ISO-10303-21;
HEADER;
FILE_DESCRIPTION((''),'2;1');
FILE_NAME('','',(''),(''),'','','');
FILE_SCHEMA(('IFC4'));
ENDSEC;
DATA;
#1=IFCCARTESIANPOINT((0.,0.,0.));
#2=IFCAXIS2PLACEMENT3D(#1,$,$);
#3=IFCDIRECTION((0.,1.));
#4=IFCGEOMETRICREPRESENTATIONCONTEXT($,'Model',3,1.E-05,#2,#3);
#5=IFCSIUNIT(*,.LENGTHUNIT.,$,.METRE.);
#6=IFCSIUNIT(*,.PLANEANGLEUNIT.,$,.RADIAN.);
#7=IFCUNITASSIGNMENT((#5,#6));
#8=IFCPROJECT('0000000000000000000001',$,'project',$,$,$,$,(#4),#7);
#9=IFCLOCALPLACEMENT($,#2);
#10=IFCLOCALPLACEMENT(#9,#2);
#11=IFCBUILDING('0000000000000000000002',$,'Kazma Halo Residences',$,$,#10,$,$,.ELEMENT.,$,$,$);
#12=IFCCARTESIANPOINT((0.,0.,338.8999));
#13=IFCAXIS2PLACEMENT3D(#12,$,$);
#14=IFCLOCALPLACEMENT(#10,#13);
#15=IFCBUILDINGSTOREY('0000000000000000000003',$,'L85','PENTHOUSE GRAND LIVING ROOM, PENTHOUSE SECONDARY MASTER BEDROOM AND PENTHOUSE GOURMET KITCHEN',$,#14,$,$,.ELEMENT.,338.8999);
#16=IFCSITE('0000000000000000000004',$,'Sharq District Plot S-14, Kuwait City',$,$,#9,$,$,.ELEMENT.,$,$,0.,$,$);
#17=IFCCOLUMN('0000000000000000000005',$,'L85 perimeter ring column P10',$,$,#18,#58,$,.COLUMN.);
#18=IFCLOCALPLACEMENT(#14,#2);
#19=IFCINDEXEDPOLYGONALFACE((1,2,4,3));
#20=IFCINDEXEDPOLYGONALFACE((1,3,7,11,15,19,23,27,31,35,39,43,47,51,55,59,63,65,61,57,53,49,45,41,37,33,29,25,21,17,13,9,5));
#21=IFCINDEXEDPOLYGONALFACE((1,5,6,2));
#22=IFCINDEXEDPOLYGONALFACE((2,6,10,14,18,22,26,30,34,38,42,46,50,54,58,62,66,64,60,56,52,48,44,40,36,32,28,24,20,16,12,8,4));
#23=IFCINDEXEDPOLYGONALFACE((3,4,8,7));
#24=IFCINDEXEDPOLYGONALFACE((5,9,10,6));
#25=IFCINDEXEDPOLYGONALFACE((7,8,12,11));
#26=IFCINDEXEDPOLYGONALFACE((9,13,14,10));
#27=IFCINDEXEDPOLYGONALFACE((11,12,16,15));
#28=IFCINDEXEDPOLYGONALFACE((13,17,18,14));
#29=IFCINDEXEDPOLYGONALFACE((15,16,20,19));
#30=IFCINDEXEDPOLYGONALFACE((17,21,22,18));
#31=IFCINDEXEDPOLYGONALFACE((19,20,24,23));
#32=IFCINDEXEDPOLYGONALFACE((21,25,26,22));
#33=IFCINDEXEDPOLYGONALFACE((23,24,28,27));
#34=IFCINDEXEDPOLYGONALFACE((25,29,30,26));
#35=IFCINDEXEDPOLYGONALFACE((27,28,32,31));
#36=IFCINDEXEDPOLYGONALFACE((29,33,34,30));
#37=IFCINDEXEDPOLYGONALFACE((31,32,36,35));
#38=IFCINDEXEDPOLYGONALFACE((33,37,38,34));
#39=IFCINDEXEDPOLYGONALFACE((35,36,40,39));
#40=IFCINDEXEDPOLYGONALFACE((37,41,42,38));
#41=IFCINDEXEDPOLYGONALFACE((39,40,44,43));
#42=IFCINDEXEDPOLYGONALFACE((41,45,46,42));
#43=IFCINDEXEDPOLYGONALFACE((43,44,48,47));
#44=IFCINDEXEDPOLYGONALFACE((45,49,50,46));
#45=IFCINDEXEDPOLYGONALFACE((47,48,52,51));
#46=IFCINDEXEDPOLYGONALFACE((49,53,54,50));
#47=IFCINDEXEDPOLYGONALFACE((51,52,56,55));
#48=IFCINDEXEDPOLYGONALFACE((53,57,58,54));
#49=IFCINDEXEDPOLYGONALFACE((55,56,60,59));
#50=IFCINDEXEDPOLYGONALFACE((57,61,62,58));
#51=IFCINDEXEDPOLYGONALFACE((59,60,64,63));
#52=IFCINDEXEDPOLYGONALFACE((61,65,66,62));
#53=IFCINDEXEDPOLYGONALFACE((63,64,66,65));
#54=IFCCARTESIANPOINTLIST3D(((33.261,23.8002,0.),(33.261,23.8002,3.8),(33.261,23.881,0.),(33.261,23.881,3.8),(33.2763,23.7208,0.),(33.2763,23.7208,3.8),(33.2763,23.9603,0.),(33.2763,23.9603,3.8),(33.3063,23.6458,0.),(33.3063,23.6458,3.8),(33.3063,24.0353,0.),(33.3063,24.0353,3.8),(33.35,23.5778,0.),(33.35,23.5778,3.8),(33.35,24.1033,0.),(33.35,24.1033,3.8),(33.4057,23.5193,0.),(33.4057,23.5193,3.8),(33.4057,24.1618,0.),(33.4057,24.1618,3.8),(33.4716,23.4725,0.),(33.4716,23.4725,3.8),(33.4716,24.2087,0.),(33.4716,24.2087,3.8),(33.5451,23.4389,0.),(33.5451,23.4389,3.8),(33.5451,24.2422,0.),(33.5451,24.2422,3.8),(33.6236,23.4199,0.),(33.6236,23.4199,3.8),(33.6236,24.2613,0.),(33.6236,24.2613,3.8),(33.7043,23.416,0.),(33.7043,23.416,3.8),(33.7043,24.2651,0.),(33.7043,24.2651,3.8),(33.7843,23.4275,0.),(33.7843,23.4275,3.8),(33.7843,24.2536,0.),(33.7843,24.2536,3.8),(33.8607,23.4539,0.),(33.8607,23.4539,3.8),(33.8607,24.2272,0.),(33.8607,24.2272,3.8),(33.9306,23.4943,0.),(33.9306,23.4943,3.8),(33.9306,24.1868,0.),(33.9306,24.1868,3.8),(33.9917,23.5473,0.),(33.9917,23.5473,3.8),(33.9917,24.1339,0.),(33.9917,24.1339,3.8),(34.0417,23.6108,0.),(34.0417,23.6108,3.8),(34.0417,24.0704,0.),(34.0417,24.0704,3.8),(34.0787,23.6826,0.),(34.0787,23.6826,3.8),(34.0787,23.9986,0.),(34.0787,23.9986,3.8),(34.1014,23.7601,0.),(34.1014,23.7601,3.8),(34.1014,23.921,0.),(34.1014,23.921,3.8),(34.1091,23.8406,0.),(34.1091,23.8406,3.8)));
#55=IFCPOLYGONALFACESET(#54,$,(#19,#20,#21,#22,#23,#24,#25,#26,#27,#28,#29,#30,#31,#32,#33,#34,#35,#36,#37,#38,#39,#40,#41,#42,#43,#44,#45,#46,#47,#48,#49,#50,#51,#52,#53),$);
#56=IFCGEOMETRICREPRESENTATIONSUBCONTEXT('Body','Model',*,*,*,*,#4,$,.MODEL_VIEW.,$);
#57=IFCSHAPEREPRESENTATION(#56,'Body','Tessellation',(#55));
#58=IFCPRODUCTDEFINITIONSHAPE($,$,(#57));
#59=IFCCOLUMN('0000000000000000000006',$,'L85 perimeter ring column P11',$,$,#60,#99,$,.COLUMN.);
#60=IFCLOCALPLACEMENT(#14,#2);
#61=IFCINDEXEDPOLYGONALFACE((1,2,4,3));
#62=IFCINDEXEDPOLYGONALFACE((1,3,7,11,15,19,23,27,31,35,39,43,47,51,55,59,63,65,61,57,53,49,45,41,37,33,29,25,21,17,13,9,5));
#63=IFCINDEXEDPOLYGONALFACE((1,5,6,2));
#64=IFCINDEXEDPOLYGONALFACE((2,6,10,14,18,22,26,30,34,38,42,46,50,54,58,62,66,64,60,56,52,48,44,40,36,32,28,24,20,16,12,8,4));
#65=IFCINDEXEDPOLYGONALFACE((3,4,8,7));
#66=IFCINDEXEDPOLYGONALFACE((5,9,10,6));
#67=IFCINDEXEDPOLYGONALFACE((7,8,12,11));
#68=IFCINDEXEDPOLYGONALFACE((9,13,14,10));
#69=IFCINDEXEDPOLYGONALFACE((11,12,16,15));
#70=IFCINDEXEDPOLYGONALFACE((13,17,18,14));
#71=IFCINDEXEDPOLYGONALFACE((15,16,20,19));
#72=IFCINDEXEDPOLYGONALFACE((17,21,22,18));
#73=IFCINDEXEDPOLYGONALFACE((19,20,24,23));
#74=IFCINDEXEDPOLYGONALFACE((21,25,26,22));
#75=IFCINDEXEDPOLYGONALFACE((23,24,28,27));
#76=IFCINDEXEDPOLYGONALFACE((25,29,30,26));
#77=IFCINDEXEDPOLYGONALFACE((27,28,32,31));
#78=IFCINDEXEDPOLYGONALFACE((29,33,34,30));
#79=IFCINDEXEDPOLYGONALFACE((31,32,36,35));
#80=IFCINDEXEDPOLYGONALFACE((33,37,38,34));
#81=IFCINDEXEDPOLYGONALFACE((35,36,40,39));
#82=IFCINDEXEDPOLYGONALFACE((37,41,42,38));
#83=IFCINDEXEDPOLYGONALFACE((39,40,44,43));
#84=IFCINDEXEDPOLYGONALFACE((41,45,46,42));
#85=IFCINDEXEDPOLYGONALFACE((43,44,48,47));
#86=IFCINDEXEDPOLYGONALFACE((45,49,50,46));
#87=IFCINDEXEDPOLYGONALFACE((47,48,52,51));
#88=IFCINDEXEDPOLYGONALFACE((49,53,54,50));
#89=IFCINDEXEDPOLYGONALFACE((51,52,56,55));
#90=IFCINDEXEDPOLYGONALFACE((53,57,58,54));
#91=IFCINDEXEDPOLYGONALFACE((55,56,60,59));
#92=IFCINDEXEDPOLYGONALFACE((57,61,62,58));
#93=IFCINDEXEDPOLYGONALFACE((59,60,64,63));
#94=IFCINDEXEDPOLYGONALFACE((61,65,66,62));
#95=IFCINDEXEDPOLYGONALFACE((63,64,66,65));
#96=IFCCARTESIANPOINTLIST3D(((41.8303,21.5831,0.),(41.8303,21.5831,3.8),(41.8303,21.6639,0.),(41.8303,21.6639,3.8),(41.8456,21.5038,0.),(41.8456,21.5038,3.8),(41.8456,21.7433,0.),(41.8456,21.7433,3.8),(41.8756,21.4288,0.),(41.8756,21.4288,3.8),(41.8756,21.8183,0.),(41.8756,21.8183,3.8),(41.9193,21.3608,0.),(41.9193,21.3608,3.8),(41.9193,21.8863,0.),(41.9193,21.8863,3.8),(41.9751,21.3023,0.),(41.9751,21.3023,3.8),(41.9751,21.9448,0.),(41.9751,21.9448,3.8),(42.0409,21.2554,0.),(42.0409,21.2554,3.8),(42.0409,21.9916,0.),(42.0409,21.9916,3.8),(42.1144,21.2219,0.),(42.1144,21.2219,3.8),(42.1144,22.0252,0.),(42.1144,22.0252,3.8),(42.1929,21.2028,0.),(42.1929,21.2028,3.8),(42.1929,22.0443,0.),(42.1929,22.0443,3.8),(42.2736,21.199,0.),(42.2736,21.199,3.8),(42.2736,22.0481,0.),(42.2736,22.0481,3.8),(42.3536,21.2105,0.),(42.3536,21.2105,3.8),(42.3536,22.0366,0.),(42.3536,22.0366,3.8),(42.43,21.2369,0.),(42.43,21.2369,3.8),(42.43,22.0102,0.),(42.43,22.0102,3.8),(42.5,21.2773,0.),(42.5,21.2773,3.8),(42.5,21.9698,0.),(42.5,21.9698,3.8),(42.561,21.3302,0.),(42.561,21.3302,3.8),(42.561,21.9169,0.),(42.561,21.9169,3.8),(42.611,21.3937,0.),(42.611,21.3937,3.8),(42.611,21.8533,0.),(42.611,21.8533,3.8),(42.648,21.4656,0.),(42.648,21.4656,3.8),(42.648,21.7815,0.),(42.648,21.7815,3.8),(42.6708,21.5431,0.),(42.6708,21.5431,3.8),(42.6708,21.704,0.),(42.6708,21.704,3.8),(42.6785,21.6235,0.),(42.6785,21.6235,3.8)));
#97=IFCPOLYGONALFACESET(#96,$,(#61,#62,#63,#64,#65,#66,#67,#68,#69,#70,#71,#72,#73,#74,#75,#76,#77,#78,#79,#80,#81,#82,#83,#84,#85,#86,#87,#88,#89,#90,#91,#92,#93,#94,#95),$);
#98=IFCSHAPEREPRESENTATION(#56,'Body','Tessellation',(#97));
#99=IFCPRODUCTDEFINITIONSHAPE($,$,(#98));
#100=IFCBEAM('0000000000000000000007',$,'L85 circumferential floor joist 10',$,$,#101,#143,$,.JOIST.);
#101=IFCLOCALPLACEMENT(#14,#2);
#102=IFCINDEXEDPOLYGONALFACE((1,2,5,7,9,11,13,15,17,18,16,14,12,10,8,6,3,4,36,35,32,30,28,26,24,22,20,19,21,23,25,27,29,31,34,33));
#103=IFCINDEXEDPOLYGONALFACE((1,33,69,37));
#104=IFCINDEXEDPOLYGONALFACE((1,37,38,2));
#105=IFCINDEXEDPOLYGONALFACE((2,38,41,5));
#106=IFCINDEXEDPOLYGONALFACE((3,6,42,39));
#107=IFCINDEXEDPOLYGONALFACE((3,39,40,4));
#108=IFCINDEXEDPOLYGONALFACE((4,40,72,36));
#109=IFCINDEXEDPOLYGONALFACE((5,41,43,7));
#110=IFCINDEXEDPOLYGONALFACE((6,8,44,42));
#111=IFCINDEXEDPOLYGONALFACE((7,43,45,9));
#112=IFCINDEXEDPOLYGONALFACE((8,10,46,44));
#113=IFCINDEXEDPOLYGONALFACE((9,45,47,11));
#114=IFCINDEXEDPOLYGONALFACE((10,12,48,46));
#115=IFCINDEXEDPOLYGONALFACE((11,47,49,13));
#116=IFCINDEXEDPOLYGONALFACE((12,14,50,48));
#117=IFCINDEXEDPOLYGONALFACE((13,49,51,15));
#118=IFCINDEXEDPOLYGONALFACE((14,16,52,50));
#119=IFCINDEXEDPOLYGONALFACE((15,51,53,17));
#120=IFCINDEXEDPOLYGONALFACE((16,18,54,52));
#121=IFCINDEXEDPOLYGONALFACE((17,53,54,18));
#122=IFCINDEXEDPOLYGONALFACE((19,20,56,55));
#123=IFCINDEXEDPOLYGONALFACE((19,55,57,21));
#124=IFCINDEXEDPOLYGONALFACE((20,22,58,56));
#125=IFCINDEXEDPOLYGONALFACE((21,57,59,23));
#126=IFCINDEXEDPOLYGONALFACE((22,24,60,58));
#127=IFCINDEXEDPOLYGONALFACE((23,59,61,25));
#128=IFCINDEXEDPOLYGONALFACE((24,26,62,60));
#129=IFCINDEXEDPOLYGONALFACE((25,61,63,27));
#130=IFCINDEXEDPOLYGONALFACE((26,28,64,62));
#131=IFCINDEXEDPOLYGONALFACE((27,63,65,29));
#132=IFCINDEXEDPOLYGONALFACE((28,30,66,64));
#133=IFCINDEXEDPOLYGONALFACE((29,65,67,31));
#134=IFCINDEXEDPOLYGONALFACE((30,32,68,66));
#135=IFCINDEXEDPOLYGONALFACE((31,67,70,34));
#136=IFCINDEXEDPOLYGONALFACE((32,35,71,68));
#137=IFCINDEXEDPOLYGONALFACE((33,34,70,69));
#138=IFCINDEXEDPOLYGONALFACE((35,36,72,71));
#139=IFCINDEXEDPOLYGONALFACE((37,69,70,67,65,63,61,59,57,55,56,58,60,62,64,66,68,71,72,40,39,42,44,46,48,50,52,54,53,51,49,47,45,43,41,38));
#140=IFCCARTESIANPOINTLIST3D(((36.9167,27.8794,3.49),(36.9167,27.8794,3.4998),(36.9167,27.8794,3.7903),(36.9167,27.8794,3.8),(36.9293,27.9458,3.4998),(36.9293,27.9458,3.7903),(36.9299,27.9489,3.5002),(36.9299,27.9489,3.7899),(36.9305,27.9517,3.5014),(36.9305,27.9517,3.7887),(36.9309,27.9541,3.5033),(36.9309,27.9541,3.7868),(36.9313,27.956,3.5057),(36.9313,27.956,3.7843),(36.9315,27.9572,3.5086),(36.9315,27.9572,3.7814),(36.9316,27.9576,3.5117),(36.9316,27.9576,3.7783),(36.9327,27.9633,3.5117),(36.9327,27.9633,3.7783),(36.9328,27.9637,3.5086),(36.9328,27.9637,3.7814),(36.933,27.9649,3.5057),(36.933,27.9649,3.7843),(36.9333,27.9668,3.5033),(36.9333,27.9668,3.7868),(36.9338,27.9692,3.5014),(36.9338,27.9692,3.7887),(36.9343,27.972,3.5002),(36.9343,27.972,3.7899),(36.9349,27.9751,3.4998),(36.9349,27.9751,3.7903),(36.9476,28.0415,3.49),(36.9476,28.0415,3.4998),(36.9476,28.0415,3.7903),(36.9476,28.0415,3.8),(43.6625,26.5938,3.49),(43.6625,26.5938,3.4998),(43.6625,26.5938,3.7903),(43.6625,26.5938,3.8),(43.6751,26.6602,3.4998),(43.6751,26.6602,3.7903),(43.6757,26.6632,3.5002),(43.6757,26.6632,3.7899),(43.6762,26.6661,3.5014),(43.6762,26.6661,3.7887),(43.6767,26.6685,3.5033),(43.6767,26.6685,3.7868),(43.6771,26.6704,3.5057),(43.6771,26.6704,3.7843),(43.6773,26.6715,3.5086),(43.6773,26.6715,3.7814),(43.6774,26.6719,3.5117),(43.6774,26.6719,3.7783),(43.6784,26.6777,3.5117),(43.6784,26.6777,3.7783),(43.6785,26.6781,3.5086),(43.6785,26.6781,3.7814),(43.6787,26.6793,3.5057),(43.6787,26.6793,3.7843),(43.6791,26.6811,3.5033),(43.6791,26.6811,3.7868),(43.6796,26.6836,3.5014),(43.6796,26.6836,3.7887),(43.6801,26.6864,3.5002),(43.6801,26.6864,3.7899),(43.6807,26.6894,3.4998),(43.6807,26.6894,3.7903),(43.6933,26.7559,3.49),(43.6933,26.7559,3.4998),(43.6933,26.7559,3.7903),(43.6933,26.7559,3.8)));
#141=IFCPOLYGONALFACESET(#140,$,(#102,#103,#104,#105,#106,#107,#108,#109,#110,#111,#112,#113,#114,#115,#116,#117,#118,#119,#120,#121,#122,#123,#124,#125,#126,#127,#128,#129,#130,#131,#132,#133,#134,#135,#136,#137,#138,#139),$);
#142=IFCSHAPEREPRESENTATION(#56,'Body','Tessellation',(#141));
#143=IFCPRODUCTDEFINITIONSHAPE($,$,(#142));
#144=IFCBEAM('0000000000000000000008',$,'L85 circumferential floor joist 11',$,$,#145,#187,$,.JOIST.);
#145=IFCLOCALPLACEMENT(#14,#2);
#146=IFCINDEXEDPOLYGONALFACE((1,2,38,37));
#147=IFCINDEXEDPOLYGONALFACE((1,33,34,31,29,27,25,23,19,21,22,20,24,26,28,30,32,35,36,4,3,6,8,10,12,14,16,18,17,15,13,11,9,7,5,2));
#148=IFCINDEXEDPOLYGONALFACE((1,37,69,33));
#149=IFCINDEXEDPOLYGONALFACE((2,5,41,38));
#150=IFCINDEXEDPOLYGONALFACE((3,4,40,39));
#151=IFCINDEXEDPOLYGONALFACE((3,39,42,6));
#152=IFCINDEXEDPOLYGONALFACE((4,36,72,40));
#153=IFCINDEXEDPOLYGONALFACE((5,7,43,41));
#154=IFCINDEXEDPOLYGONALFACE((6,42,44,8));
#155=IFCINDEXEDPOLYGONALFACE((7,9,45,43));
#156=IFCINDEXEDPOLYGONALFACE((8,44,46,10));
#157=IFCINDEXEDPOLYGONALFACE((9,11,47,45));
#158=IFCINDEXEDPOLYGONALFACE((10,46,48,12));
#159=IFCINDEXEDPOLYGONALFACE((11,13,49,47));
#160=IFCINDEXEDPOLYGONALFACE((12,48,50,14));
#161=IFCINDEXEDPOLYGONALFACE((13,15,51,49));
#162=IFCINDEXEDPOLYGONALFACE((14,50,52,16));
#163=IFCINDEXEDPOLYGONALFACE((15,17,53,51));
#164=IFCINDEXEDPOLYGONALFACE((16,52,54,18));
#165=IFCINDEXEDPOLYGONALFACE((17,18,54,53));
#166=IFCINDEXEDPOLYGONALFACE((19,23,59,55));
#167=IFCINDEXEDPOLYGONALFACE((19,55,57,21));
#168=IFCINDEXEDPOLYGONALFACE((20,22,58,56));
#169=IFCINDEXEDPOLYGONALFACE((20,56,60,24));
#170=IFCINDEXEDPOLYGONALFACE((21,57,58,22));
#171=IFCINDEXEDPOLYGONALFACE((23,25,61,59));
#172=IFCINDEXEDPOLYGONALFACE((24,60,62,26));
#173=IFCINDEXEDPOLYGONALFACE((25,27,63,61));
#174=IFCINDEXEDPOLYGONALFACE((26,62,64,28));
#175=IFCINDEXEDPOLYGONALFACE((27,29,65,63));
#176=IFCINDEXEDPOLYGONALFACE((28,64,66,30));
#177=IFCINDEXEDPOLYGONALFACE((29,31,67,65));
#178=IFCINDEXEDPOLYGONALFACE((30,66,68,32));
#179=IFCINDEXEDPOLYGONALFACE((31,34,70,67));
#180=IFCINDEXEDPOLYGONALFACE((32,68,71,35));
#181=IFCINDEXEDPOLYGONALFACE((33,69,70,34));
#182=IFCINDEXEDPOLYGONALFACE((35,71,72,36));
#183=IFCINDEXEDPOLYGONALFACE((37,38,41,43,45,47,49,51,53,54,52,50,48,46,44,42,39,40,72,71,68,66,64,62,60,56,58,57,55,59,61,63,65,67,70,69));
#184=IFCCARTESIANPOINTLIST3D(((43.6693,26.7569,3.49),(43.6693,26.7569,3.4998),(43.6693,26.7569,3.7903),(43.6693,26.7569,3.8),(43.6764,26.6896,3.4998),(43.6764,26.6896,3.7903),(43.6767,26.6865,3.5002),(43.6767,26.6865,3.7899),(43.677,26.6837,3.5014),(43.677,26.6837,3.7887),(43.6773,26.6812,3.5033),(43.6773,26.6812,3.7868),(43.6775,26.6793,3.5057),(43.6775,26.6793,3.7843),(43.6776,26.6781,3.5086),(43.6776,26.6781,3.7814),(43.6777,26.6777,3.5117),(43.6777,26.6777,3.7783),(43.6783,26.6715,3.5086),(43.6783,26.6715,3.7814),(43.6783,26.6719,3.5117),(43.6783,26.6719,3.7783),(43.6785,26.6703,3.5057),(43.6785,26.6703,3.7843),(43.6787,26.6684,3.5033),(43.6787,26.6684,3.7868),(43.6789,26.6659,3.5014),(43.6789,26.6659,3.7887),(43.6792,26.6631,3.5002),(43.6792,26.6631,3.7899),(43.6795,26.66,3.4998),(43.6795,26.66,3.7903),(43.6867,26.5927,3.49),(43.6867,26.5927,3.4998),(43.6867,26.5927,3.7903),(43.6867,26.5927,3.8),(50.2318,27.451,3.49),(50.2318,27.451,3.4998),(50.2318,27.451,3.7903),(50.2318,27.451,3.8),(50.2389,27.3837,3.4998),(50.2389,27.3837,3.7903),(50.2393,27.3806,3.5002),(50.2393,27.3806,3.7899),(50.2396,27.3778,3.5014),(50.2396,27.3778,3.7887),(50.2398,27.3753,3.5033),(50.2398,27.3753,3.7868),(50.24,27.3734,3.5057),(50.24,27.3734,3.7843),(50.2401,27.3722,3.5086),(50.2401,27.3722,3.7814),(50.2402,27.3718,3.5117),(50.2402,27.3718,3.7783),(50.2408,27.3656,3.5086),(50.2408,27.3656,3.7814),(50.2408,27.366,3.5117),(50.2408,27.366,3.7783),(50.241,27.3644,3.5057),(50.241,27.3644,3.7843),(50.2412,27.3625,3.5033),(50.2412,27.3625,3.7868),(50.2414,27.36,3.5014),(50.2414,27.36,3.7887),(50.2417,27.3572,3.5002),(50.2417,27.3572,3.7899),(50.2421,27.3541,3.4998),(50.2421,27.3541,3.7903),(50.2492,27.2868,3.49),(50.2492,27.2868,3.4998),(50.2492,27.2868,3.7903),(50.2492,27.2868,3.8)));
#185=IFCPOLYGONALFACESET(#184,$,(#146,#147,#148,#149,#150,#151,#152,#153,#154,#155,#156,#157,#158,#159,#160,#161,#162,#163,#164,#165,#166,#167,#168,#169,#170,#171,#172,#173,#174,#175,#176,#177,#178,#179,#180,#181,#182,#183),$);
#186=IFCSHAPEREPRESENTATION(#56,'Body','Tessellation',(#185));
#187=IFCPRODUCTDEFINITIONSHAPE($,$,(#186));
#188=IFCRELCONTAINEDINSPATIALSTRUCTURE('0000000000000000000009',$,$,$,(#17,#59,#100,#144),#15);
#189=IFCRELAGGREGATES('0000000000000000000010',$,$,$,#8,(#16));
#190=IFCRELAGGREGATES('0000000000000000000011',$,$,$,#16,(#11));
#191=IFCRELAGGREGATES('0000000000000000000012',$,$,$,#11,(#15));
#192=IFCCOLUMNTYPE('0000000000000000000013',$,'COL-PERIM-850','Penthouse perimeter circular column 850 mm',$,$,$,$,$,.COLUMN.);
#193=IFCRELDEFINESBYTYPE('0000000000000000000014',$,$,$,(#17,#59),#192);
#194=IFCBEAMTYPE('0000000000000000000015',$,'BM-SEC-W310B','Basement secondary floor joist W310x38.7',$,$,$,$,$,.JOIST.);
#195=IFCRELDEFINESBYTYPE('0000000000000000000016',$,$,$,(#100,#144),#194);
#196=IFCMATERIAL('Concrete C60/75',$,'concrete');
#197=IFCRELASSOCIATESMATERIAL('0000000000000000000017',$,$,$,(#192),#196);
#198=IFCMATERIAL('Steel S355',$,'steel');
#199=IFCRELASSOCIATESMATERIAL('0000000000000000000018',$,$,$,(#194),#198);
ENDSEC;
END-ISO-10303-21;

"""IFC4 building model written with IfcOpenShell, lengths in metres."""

from ifc_helpers import new_model, si_unit, direction, frame, origin, origin_2d, place, context, subcontext, project, spatial, circle, i_section, extrude, material, material_profile, profile_set, type_object, element, save


model = new_model("IFC4")

# Units and contexts
model_context = context("Model", 3, precision=1e-05, world=origin(), true_north=direction((0.0, 1.0)))
body_context = subcontext(model_context, "Body", "Model", "MODEL_VIEW")
ifc_project = project(units=[si_unit("LENGTHUNIT", "METRE"), si_unit("PLANEANGLEUNIT", "RADIAN")], contexts=[model_context])

# Site, building, storey
site_placement = place(None, origin())
site = spatial("IfcSite", under=ifc_project, at=site_placement, Name="Sharq District Plot S-14, Kuwait City", CompositionType="ELEMENT", RefElevation=0.0)
building_placement = place(site_placement, origin())
building = spatial("IfcBuilding", under=site, at=building_placement, Name="Kazma Halo Residences", CompositionType="ELEMENT")
storey_placement = place(building_placement, frame((0.0, 0.0, 338.8999)))
storey = spatial("IfcBuildingStorey", under=building, at=storey_placement, Name="L85", Description="PENTHOUSE GRAND LIVING ROOM, PENTHOUSE SECONDARY MASTER BEDROOM AND PENTHOUSE GOURMET KITCHEN", CompositionType="ELEMENT", Elevation=338.8999)

# Columns
ifc_material_1 = material(Name="Concrete C60/75", Category="concrete")
ifc_material_profile_1 = material_profile(ifc_material_1, circle(Radius=0.425, at=origin_2d()), Name="CIRC850")
ifc_profile_set_1 = profile_set([ifc_material_profile_1], Name="Concrete C60/75")
column_type = type_object("IfcColumnType", Name="COL-PERIM-850", Description="Penthouse perimeter circular column 850 mm", PredefinedType="COLUMN", material=ifc_profile_set_1)
for number, where, z_axis, x_axis, name in (
    (1, (33.6841, 23.8406, 0.0), (0.0, 0.0, 1.0), (1.0, 0.0, 0.0), "L85 perimeter ring column P10"),
    (2, (42.2534, 21.6235, 0.0), (0.0, 0.0, 1.0), (1.0, 0.0, 0.0), "L85 perimeter ring column P11"),
):
    element("IfcColumn", number, at=place(storey_placement, frame(where, z_axis=z_axis, x_axis=x_axis)), inside=storey, type_object=column_type, Name=name, PredefinedType="COLUMN", context=body_context, shape_type="SweptSolid", body=[
        extrude(circle(Radius=0.425, at=origin_2d()), origin(), (0.0, 0.0, 1.0), 3.8),
    ])

# Beams
ifc_material_2 = material(Name="Steel S355", Category="steel")
ifc_material_profile_2 = material_profile(ifc_material_2, i_section(OverallWidth=0.165, OverallDepth=0.3101, WebThickness=0.0059, FlangeThickness=0.0098, FilletRadius=0.012, at=origin_2d()), Name="W310x38.7")
ifc_profile_set_2 = profile_set([ifc_material_profile_2], Name="Steel S355")
beam_type_1 = type_object("IfcBeamType", Name="BM-SEC-W310B", Description="Basement secondary floor joist W310x38.7", PredefinedType="JOIST", material=ifc_profile_set_2)
beam_1_placement = place(storey_placement, frame((36.9321, 27.9604, 3.645), z_axis=(0.982319, -0.187213, 0.0), x_axis=(0.187213, 0.982319, 0.0)))
element("IfcBeam", 3, at=beam_1_placement, inside=storey, type_object=beam_type_1, Name="L85 circumferential floor joist 10", PredefinedType="JOIST", context=body_context, shape_type="SweptSolid", body=[
    extrude(i_section(OverallWidth=0.165, OverallDepth=0.3101, WebThickness=0.0059, FlangeThickness=0.0098, FilletRadius=0.012, at=origin_2d()), origin(), (0.0, 0.0, 1.0), 6.8672),
])
beam_2_placement = place(storey_placement, frame((43.678, 26.6748, 3.645), z_axis=(0.994453, 0.10518, 0.0), x_axis=(-0.10518, 0.994453, 0.0)))
element("IfcBeam", 4, at=beam_2_placement, inside=storey, type_object=beam_type_1, Name="L85 circumferential floor joist 11", PredefinedType="JOIST", context=body_context, shape_type="SweptSolid", body=[
    extrude(i_section(OverallWidth=0.165, OverallDepth=0.3101, WebThickness=0.0059, FlangeThickness=0.0098, FilletRadius=0.012, at=origin_2d()), origin(), (0.0, 0.0, 1.0), 6.5991),
])

save(model, "model.ifc")
